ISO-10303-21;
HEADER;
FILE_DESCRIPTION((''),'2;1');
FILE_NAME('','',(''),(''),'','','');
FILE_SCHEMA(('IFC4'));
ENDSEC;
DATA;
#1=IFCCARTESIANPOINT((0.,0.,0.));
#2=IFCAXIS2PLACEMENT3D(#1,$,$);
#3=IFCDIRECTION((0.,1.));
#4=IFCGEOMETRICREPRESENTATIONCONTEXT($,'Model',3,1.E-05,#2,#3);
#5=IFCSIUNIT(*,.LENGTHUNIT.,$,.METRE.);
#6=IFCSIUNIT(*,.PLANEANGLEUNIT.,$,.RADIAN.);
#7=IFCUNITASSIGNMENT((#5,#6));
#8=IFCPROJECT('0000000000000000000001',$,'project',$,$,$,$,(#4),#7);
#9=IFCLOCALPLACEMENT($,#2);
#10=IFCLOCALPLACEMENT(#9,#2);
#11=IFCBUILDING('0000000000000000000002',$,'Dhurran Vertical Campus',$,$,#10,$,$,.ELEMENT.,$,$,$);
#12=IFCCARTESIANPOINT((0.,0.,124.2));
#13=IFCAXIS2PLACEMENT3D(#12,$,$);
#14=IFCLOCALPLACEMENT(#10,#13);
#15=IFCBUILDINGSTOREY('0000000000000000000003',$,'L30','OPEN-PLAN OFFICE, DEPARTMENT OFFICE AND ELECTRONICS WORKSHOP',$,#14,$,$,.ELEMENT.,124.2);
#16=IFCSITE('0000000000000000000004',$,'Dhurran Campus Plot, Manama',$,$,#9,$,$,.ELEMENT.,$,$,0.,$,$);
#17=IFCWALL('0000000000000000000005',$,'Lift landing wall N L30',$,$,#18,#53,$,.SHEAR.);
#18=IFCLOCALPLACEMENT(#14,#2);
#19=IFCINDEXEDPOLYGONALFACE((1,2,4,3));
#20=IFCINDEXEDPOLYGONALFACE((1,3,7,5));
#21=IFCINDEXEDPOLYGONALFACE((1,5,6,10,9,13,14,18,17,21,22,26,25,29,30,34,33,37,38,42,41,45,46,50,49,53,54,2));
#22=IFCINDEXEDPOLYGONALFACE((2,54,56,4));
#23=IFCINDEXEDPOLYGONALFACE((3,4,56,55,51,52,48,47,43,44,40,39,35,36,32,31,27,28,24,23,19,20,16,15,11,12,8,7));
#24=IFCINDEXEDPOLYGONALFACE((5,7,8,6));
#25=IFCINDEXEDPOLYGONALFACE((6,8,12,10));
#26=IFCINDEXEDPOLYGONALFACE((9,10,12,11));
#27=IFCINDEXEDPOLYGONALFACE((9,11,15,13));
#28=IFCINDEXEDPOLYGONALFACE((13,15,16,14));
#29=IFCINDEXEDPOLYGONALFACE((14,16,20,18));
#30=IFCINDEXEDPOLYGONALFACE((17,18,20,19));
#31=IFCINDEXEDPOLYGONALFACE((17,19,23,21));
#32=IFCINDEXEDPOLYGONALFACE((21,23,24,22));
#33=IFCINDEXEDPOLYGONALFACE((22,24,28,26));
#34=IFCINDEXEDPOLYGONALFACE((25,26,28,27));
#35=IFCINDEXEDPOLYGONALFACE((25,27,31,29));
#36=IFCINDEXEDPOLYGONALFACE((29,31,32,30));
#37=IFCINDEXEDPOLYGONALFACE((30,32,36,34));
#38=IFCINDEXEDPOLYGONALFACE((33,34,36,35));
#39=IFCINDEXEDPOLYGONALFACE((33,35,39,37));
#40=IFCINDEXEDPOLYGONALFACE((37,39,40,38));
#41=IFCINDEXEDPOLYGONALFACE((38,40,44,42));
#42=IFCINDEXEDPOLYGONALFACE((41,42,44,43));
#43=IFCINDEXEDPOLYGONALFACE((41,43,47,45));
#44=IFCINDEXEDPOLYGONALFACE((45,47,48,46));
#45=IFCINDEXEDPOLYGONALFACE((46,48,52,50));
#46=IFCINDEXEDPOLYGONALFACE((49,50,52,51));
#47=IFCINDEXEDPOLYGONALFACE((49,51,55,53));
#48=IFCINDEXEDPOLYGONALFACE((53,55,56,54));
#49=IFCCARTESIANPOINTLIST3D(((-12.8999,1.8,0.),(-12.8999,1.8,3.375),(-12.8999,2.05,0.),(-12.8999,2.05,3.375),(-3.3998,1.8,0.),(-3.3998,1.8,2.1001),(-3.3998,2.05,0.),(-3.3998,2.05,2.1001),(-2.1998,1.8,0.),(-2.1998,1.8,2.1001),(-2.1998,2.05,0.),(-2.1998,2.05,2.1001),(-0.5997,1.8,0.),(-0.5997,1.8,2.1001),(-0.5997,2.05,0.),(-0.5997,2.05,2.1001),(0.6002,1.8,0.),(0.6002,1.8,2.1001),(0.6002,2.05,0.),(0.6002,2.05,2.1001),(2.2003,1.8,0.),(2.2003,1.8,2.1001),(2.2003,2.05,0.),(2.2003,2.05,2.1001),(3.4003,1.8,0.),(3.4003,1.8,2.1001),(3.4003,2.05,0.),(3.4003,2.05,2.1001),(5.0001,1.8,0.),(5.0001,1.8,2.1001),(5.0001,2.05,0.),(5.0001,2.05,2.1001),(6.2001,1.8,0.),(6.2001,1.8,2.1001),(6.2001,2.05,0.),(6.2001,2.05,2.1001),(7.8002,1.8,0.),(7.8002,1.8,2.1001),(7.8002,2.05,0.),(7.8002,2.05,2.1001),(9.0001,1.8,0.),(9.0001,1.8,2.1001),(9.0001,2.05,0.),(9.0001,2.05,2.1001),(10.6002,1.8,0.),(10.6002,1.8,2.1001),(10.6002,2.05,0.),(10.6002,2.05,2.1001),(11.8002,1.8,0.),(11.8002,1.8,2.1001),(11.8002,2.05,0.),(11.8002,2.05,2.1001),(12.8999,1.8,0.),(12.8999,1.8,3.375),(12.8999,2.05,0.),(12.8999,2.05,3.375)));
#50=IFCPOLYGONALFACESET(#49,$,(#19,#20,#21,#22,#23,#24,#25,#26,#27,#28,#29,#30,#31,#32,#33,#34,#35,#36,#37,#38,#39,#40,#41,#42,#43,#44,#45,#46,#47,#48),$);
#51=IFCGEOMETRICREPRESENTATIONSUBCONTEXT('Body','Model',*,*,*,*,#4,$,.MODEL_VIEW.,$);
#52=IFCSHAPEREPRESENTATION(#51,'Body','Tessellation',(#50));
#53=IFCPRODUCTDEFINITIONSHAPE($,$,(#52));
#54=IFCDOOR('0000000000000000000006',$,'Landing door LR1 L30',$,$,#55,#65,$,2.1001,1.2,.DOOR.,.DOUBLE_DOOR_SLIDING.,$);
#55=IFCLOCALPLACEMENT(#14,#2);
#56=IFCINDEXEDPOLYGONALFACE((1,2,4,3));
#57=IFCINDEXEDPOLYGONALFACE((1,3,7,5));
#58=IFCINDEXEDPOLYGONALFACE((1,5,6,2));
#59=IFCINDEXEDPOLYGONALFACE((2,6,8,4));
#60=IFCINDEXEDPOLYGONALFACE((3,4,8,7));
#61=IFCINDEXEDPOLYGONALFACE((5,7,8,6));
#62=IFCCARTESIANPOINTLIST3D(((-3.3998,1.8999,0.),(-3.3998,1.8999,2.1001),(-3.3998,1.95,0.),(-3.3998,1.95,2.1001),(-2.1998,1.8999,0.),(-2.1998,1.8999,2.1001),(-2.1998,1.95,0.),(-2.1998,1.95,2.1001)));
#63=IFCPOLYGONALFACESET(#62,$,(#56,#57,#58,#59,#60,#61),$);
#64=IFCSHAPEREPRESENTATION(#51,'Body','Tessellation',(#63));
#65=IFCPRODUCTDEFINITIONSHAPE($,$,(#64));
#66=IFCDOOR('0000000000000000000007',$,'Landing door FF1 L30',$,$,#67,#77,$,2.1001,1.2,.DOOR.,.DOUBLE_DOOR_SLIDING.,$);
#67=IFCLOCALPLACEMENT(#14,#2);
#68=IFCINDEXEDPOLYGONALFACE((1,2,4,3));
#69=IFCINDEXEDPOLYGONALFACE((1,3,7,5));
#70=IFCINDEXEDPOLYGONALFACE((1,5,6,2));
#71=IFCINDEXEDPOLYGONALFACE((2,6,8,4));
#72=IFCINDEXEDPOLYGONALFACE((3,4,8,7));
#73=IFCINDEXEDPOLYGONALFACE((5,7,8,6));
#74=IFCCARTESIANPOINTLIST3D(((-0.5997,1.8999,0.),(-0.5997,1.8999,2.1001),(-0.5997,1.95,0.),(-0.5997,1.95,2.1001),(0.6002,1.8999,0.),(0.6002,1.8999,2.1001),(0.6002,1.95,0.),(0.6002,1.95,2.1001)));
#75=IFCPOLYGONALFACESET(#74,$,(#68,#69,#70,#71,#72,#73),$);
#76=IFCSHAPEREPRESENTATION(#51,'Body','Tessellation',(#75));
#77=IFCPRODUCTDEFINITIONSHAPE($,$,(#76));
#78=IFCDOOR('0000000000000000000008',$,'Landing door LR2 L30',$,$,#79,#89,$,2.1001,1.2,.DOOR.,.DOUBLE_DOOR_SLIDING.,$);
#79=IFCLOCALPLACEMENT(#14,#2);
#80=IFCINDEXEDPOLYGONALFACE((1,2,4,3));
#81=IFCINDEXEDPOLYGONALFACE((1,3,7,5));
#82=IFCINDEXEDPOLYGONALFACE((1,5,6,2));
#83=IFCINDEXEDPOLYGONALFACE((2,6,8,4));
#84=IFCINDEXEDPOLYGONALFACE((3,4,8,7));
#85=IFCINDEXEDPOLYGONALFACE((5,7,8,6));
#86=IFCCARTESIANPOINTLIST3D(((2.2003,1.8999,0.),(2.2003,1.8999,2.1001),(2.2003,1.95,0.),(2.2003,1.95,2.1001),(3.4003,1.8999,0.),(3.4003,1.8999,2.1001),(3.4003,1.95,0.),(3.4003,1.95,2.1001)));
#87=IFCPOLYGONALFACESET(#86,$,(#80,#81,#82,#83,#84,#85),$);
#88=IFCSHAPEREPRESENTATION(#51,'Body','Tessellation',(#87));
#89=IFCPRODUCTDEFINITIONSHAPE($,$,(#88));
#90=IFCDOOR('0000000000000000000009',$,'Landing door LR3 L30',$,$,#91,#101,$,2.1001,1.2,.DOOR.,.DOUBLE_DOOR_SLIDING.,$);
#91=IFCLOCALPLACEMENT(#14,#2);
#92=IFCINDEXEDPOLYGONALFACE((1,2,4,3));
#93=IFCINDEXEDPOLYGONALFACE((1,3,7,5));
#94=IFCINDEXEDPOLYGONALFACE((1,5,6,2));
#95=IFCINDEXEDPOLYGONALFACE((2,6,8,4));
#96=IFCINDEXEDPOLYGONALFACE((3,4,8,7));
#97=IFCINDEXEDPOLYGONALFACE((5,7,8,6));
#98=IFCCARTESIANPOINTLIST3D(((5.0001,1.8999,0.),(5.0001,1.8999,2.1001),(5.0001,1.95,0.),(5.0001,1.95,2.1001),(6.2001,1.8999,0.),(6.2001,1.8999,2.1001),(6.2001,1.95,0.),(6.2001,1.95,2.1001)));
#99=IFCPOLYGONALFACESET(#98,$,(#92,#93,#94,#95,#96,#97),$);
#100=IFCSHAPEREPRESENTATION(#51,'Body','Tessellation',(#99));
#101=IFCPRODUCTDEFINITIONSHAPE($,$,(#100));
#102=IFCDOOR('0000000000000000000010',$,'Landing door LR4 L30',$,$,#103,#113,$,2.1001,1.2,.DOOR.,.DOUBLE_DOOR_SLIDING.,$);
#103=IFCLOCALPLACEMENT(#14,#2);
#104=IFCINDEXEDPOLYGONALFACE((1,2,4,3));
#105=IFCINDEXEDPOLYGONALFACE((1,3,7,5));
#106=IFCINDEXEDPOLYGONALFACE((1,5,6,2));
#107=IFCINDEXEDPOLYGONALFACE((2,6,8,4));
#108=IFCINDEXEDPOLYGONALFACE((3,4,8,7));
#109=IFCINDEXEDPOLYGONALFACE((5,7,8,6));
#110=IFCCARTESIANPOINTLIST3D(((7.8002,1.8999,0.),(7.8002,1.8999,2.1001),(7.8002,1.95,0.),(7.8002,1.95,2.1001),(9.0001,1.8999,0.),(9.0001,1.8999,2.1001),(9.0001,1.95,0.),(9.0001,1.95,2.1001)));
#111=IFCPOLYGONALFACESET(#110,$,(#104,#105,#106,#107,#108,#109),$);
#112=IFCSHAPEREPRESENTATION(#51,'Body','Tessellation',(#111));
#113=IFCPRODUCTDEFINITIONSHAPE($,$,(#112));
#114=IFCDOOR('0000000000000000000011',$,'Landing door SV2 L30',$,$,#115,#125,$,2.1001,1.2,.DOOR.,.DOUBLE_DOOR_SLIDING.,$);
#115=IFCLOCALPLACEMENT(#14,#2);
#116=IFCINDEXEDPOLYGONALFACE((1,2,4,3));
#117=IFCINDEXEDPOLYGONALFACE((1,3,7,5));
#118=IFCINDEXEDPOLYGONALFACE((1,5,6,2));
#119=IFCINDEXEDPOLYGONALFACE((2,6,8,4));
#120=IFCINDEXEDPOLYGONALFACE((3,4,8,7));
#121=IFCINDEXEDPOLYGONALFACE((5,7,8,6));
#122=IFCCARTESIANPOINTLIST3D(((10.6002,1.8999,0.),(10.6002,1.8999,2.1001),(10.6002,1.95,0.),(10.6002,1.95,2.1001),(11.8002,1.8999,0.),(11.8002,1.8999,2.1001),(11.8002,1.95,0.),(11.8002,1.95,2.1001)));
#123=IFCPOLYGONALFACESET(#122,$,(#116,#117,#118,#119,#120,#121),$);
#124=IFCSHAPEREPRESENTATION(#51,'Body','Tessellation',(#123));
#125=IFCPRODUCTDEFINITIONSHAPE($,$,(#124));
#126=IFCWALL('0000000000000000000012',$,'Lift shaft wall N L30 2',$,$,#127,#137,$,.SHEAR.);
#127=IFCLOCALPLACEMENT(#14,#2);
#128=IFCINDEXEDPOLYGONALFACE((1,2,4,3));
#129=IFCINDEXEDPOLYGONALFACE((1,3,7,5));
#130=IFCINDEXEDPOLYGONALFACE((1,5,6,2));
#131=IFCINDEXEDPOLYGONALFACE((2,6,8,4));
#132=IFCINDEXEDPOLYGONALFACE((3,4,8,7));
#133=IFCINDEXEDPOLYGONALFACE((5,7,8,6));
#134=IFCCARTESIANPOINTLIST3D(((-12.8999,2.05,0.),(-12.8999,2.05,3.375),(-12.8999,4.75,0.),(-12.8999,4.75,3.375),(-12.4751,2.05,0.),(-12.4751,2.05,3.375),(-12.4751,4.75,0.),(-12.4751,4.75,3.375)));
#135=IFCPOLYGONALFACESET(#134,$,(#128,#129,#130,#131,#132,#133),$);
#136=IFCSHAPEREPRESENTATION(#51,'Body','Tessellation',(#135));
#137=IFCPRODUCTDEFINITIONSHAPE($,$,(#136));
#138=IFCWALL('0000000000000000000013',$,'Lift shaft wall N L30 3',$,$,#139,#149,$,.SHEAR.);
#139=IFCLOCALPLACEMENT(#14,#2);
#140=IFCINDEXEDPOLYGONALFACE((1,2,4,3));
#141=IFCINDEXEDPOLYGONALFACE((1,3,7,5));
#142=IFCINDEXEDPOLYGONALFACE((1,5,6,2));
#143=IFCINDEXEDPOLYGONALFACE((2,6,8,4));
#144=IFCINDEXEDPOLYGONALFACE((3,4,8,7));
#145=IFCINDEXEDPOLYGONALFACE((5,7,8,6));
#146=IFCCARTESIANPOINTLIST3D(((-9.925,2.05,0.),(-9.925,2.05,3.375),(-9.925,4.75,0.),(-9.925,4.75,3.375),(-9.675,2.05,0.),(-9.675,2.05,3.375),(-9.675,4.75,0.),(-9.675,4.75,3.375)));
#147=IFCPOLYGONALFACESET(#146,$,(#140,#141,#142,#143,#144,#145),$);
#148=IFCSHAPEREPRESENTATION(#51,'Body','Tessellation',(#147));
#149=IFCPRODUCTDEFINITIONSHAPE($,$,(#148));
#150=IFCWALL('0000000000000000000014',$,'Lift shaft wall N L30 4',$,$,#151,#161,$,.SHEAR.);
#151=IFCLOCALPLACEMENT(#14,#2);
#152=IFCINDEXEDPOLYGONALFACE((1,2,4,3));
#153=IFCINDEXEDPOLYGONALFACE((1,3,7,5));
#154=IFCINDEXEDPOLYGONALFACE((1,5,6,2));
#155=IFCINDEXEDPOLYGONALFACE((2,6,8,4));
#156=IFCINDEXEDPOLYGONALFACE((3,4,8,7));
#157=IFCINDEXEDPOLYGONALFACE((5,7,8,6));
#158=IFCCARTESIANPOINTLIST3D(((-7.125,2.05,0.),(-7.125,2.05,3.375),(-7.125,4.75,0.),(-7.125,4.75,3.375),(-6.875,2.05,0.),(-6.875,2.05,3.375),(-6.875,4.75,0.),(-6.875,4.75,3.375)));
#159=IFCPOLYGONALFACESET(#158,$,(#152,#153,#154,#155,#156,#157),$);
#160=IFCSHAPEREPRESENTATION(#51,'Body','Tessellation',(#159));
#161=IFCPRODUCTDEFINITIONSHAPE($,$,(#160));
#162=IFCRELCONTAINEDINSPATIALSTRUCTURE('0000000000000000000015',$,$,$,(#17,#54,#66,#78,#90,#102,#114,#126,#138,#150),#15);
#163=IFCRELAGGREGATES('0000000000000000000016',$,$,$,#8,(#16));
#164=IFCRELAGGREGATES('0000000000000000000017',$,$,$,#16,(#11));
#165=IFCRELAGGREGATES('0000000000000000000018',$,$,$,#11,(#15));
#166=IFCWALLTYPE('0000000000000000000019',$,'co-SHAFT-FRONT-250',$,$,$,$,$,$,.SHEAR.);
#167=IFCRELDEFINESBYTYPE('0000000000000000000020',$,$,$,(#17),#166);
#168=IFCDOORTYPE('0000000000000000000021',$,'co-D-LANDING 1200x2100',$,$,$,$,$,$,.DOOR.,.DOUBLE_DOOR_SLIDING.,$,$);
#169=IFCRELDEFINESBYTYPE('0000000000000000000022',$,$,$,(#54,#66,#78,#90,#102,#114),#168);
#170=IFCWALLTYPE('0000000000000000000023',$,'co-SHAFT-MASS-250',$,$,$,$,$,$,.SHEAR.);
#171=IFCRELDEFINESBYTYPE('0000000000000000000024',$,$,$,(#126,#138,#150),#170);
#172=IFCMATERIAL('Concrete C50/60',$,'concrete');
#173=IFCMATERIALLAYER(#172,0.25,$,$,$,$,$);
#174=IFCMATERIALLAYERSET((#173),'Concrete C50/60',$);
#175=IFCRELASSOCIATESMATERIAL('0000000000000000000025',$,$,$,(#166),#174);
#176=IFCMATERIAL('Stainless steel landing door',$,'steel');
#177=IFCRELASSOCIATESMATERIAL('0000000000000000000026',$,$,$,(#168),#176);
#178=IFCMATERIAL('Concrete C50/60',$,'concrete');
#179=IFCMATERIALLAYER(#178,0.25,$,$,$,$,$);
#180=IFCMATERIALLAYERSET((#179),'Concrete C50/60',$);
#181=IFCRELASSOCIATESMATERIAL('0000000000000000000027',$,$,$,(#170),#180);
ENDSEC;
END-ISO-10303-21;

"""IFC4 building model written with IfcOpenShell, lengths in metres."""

from ifc_helpers import new_model, si_unit, direction, frame, frame_2d, origin, place, context, subcontext, project, spatial, polyline, rectangle, outline, extrude, material, layer, layer_set, type_object, element, fill, save


model = new_model("IFC4")

# Units and contexts
model_context = context("Model", 3, precision=1e-05, world=origin(), true_north=direction((0.0, 1.0)))
body_context = subcontext(model_context, "Body", "Model", "MODEL_VIEW")
ifc_project = project(units=[si_unit("LENGTHUNIT", "METRE"), si_unit("PLANEANGLEUNIT", "RADIAN")], contexts=[model_context])

# Site, building, storey
site_placement = place(None, origin())
site = spatial("IfcSite", under=ifc_project, at=site_placement, Name="Dhurran Campus Plot, Manama", CompositionType="ELEMENT", RefElevation=0.0)
building_placement = place(site_placement, origin())
building = spatial("IfcBuilding", under=site, at=building_placement, Name="Dhurran Vertical Campus", CompositionType="ELEMENT")
storey_placement = place(building_placement, frame((0.0, 0.0, 124.2)))
storey = spatial("IfcBuildingStorey", under=building, at=storey_placement, Name="L30", Description="OPEN-PLAN OFFICE, DEPARTMENT OFFICE AND ELECTRONICS WORKSHOP", CompositionType="ELEMENT", Elevation=124.2)

# Wall, openings, doors
ifc_material_1 = material(Name="Concrete C50/60", Category="concrete")
ifc_layer_1 = layer(ifc_material_1, 0.25)
ifc_layer_set_1 = layer_set([ifc_layer_1], Name="Concrete C50/60")
wall_type_1 = type_object("IfcWallType", Name="co-SHAFT-FRONT-250", PredefinedType="SHEAR", material=ifc_layer_set_1)
wall_1_placement = place(storey_placement, frame((-12.8999, 1.925, 0.0), z_axis=(0.0, 0.0, 1.0), x_axis=(1.0, 0.0, 0.0)))
wall_1 = element("IfcWall", 1, at=wall_1_placement, inside=storey, type_object=wall_type_1, Name="Lift landing wall N L30", PredefinedType="SHEAR", context=body_context, shape_type="SweptSolid", body=[
    extrude(rectangle(XDim=25.7998, YDim=0.25, at=frame_2d((12.8999, 0.0))), origin(), (0.0, 0.0, 1.0), 3.375),
])
opening_1_placement = place(wall_1_placement, frame((9.5, 0.0, 0.0)))
opening_1 = element("IfcOpeningElement", 2, at=opening_1_placement, cuts=wall_1, PredefinedType="OPENING", context=body_context, shape_type="SweptSolid", body=[
    extrude(rectangle(XDim=1.2, YDim=2.1001, at=frame_2d((0.6001, 1.05))), frame((0.0, 0.135, 0.0), z_axis=(0.0, -1.0, 0.0), x_axis=(1.0, 0.0, 0.0)), (0.0, 0.0, 1.0), 0.27),
])
opening_2_placement = place(wall_1_placement, frame((12.3, 0.0, 0.0)))
opening_2 = element("IfcOpeningElement", 3, at=opening_2_placement, cuts=wall_1, PredefinedType="OPENING", context=body_context, shape_type="SweptSolid", body=[
    extrude(rectangle(XDim=1.2, YDim=2.1001, at=frame_2d((0.6001, 1.05))), frame((0.0, 0.135, 0.0), z_axis=(0.0, -1.0, 0.0), x_axis=(1.0, 0.0, 0.0)), (0.0, 0.0, 1.0), 0.27),
])
opening_3_placement = place(wall_1_placement, frame((15.1001, 0.0, 0.0)))
opening_3 = element("IfcOpeningElement", 4, at=opening_3_placement, cuts=wall_1, PredefinedType="OPENING", context=body_context, shape_type="SweptSolid", body=[
    extrude(rectangle(XDim=1.2, YDim=2.1001, at=frame_2d((0.6001, 1.05))), frame((0.0, 0.135, 0.0), z_axis=(0.0, -1.0, 0.0), x_axis=(1.0, 0.0, 0.0)), (0.0, 0.0, 1.0), 0.27),
])
opening_4_placement = place(wall_1_placement, frame((17.8999, 0.0, 0.0)))
opening_4 = element("IfcOpeningElement", 5, at=opening_4_placement, cuts=wall_1, PredefinedType="OPENING", context=body_context, shape_type="SweptSolid", body=[
    extrude(rectangle(XDim=1.2, YDim=2.1001, at=frame_2d((0.6001, 1.05))), frame((0.0, 0.135, 0.0), z_axis=(0.0, -1.0, 0.0), x_axis=(1.0, 0.0, 0.0)), (0.0, 0.0, 1.0), 0.27),
])
opening_5_placement = place(wall_1_placement, frame((20.7, 0.0, 0.0)))
opening_5 = element("IfcOpeningElement", 6, at=opening_5_placement, cuts=wall_1, PredefinedType="OPENING", context=body_context, shape_type="SweptSolid", body=[
    extrude(rectangle(XDim=1.2, YDim=2.1001, at=frame_2d((0.6001, 1.05))), frame((0.0, 0.135, 0.0), z_axis=(0.0, -1.0, 0.0), x_axis=(1.0, 0.0, 0.0)), (0.0, 0.0, 1.0), 0.27),
])
opening_6_placement = place(wall_1_placement, frame((23.5, 0.0, 0.0)))
opening_6 = element("IfcOpeningElement", 7, at=opening_6_placement, cuts=wall_1, PredefinedType="OPENING", context=body_context, shape_type="SweptSolid", body=[
    extrude(rectangle(XDim=1.2, YDim=2.1001, at=frame_2d((0.6001, 1.05))), frame((0.0, 0.135, 0.0), z_axis=(0.0, -1.0, 0.0), x_axis=(1.0, 0.0, 0.0)), (0.0, 0.0, 1.0), 0.27),
])
ifc_material_2 = material(Name="Stainless steel landing door", Category="steel")
door_type_1 = type_object("IfcDoorType", Name="co-D-LANDING 1200x2100", OperationType="DOUBLE_DOOR_SLIDING", PredefinedType="DOOR", material=ifc_material_2)
door_1_placement = place(opening_1_placement, origin())
door_1 = element("IfcDoor", 8, at=door_1_placement, inside=storey, type_object=door_type_1, Name="Landing door LR1 L30", OperationType="DOUBLE_DOOR_SLIDING", OverallHeight=2.1001, OverallWidth=1.2, PredefinedType="DOOR", context=body_context, shape_type="SweptSolid", body=[
    extrude(rectangle(XDim=1.2, YDim=2.1001, at=frame_2d((0.6001, 1.05))), frame((0.0, 0.0249, 0.0), z_axis=(0.0, -1.0, 0.0), x_axis=(1.0, 0.0, 0.0)), (0.0, 0.0, 1.0), 0.05),
])
fill(opening_1, door_1)
door_2_placement = place(opening_2_placement, origin())
door_2 = element("IfcDoor", 9, at=door_2_placement, inside=storey, type_object=door_type_1, Name="Landing door FF1 L30", OperationType="DOUBLE_DOOR_SLIDING", OverallHeight=2.1001, OverallWidth=1.2, PredefinedType="DOOR", context=body_context, shape_type="SweptSolid", body=[
    extrude(rectangle(XDim=1.2, YDim=2.1001, at=frame_2d((0.6001, 1.05))), frame((0.0, 0.0249, 0.0), z_axis=(0.0, -1.0, 0.0), x_axis=(1.0, 0.0, 0.0)), (0.0, 0.0, 1.0), 0.05),
])
fill(opening_2, door_2)
door_3_placement = place(opening_3_placement, origin())
door_3 = element("IfcDoor", 10, at=door_3_placement, inside=storey, type_object=door_type_1, Name="Landing door LR2 L30", OperationType="DOUBLE_DOOR_SLIDING", OverallHeight=2.1001, OverallWidth=1.2, PredefinedType="DOOR", context=body_context, shape_type="SweptSolid", body=[
    extrude(rectangle(XDim=1.2, YDim=2.1001, at=frame_2d((0.6001, 1.05))), frame((0.0, 0.0249, 0.0), z_axis=(0.0, -1.0, 0.0), x_axis=(1.0, 0.0, 0.0)), (0.0, 0.0, 1.0), 0.05),
])
fill(opening_3, door_3)
door_4_placement = place(opening_4_placement, origin())
door_4 = element("IfcDoor", 11, at=door_4_placement, inside=storey, type_object=door_type_1, Name="Landing door LR3 L30", OperationType="DOUBLE_DOOR_SLIDING", OverallHeight=2.1001, OverallWidth=1.2, PredefinedType="DOOR", context=body_context, shape_type="SweptSolid", body=[
    extrude(rectangle(XDim=1.2, YDim=2.1001, at=frame_2d((0.6001, 1.05))), frame((0.0, 0.0249, 0.0), z_axis=(0.0, -1.0, 0.0), x_axis=(1.0, 0.0, 0.0)), (0.0, 0.0, 1.0), 0.05),
])
fill(opening_4, door_4)
door_5_placement = place(opening_5_placement, origin())
door_5 = element("IfcDoor", 12, at=door_5_placement, inside=storey, type_object=door_type_1, Name="Landing door LR4 L30", OperationType="DOUBLE_DOOR_SLIDING", OverallHeight=2.1001, OverallWidth=1.2, PredefinedType="DOOR", context=body_context, shape_type="SweptSolid", body=[
    extrude(rectangle(XDim=1.2, YDim=2.1001, at=frame_2d((0.6001, 1.05))), frame((0.0, 0.0249, 0.0), z_axis=(0.0, -1.0, 0.0), x_axis=(1.0, 0.0, 0.0)), (0.0, 0.0, 1.0), 0.05),
])
fill(opening_5, door_5)
door_6_placement = place(opening_6_placement, origin())
door_6 = element("IfcDoor", 13, at=door_6_placement, inside=storey, type_object=door_type_1, Name="Landing door SV2 L30", OperationType="DOUBLE_DOOR_SLIDING", OverallHeight=2.1001, OverallWidth=1.2, PredefinedType="DOOR", context=body_context, shape_type="SweptSolid", body=[
    extrude(rectangle(XDim=1.2, YDim=2.1001, at=frame_2d((0.6001, 1.05))), frame((0.0, 0.0249, 0.0), z_axis=(0.0, -1.0, 0.0), x_axis=(1.0, 0.0, 0.0)), (0.0, 0.0, 1.0), 0.05),
])
fill(opening_6, door_6)

# Walls
ifc_material_3 = material(Name="Concrete C50/60", Category="concrete")
ifc_layer_2 = layer(ifc_material_3, 0.25)
ifc_layer_set_2 = layer_set([ifc_layer_2], Name="Concrete C50/60")
wall_type_2 = type_object("IfcWallType", Name="co-SHAFT-MASS-250", PredefinedType="SHEAR", material=ifc_layer_set_2)
wall_2_placement = place(storey_placement, origin())
element("IfcWall", 14, at=wall_2_placement, inside=storey, type_object=wall_type_2, Name="Lift shaft wall N L30 2", PredefinedType="SHEAR", context=body_context, shape_type="SweptSolid", body=[
    extrude(outline(polyline([(-12.8999, 2.05), (-12.4751, 2.05), (-12.4751, 4.75), (-12.8999, 4.75), (-12.8999, 2.05)])), origin(), (0.0, 0.0, 1.0), 3.375),
])
wall_3_placement = place(storey_placement, origin())
element("IfcWall", 15, at=wall_3_placement, inside=storey, type_object=wall_type_2, Name="Lift shaft wall N L30 3", PredefinedType="SHEAR", context=body_context, shape_type="SweptSolid", body=[
    extrude(outline(polyline([(-9.925, 2.05), (-9.675, 2.05), (-9.675, 4.75), (-9.925, 4.75), (-9.925, 2.05)])), origin(), (0.0, 0.0, 1.0), 3.375),
])
wall_4_placement = place(storey_placement, origin())
element("IfcWall", 16, at=wall_4_placement, inside=storey, type_object=wall_type_2, Name="Lift shaft wall N L30 4", PredefinedType="SHEAR", context=body_context, shape_type="SweptSolid", body=[
    extrude(outline(polyline([(-7.125, 2.05), (-6.875, 2.05), (-6.875, 4.75), (-7.125, 4.75), (-7.125, 2.05)])), origin(), (0.0, 0.0, 1.0), 3.375),
])

save(model, "model.ifc")
